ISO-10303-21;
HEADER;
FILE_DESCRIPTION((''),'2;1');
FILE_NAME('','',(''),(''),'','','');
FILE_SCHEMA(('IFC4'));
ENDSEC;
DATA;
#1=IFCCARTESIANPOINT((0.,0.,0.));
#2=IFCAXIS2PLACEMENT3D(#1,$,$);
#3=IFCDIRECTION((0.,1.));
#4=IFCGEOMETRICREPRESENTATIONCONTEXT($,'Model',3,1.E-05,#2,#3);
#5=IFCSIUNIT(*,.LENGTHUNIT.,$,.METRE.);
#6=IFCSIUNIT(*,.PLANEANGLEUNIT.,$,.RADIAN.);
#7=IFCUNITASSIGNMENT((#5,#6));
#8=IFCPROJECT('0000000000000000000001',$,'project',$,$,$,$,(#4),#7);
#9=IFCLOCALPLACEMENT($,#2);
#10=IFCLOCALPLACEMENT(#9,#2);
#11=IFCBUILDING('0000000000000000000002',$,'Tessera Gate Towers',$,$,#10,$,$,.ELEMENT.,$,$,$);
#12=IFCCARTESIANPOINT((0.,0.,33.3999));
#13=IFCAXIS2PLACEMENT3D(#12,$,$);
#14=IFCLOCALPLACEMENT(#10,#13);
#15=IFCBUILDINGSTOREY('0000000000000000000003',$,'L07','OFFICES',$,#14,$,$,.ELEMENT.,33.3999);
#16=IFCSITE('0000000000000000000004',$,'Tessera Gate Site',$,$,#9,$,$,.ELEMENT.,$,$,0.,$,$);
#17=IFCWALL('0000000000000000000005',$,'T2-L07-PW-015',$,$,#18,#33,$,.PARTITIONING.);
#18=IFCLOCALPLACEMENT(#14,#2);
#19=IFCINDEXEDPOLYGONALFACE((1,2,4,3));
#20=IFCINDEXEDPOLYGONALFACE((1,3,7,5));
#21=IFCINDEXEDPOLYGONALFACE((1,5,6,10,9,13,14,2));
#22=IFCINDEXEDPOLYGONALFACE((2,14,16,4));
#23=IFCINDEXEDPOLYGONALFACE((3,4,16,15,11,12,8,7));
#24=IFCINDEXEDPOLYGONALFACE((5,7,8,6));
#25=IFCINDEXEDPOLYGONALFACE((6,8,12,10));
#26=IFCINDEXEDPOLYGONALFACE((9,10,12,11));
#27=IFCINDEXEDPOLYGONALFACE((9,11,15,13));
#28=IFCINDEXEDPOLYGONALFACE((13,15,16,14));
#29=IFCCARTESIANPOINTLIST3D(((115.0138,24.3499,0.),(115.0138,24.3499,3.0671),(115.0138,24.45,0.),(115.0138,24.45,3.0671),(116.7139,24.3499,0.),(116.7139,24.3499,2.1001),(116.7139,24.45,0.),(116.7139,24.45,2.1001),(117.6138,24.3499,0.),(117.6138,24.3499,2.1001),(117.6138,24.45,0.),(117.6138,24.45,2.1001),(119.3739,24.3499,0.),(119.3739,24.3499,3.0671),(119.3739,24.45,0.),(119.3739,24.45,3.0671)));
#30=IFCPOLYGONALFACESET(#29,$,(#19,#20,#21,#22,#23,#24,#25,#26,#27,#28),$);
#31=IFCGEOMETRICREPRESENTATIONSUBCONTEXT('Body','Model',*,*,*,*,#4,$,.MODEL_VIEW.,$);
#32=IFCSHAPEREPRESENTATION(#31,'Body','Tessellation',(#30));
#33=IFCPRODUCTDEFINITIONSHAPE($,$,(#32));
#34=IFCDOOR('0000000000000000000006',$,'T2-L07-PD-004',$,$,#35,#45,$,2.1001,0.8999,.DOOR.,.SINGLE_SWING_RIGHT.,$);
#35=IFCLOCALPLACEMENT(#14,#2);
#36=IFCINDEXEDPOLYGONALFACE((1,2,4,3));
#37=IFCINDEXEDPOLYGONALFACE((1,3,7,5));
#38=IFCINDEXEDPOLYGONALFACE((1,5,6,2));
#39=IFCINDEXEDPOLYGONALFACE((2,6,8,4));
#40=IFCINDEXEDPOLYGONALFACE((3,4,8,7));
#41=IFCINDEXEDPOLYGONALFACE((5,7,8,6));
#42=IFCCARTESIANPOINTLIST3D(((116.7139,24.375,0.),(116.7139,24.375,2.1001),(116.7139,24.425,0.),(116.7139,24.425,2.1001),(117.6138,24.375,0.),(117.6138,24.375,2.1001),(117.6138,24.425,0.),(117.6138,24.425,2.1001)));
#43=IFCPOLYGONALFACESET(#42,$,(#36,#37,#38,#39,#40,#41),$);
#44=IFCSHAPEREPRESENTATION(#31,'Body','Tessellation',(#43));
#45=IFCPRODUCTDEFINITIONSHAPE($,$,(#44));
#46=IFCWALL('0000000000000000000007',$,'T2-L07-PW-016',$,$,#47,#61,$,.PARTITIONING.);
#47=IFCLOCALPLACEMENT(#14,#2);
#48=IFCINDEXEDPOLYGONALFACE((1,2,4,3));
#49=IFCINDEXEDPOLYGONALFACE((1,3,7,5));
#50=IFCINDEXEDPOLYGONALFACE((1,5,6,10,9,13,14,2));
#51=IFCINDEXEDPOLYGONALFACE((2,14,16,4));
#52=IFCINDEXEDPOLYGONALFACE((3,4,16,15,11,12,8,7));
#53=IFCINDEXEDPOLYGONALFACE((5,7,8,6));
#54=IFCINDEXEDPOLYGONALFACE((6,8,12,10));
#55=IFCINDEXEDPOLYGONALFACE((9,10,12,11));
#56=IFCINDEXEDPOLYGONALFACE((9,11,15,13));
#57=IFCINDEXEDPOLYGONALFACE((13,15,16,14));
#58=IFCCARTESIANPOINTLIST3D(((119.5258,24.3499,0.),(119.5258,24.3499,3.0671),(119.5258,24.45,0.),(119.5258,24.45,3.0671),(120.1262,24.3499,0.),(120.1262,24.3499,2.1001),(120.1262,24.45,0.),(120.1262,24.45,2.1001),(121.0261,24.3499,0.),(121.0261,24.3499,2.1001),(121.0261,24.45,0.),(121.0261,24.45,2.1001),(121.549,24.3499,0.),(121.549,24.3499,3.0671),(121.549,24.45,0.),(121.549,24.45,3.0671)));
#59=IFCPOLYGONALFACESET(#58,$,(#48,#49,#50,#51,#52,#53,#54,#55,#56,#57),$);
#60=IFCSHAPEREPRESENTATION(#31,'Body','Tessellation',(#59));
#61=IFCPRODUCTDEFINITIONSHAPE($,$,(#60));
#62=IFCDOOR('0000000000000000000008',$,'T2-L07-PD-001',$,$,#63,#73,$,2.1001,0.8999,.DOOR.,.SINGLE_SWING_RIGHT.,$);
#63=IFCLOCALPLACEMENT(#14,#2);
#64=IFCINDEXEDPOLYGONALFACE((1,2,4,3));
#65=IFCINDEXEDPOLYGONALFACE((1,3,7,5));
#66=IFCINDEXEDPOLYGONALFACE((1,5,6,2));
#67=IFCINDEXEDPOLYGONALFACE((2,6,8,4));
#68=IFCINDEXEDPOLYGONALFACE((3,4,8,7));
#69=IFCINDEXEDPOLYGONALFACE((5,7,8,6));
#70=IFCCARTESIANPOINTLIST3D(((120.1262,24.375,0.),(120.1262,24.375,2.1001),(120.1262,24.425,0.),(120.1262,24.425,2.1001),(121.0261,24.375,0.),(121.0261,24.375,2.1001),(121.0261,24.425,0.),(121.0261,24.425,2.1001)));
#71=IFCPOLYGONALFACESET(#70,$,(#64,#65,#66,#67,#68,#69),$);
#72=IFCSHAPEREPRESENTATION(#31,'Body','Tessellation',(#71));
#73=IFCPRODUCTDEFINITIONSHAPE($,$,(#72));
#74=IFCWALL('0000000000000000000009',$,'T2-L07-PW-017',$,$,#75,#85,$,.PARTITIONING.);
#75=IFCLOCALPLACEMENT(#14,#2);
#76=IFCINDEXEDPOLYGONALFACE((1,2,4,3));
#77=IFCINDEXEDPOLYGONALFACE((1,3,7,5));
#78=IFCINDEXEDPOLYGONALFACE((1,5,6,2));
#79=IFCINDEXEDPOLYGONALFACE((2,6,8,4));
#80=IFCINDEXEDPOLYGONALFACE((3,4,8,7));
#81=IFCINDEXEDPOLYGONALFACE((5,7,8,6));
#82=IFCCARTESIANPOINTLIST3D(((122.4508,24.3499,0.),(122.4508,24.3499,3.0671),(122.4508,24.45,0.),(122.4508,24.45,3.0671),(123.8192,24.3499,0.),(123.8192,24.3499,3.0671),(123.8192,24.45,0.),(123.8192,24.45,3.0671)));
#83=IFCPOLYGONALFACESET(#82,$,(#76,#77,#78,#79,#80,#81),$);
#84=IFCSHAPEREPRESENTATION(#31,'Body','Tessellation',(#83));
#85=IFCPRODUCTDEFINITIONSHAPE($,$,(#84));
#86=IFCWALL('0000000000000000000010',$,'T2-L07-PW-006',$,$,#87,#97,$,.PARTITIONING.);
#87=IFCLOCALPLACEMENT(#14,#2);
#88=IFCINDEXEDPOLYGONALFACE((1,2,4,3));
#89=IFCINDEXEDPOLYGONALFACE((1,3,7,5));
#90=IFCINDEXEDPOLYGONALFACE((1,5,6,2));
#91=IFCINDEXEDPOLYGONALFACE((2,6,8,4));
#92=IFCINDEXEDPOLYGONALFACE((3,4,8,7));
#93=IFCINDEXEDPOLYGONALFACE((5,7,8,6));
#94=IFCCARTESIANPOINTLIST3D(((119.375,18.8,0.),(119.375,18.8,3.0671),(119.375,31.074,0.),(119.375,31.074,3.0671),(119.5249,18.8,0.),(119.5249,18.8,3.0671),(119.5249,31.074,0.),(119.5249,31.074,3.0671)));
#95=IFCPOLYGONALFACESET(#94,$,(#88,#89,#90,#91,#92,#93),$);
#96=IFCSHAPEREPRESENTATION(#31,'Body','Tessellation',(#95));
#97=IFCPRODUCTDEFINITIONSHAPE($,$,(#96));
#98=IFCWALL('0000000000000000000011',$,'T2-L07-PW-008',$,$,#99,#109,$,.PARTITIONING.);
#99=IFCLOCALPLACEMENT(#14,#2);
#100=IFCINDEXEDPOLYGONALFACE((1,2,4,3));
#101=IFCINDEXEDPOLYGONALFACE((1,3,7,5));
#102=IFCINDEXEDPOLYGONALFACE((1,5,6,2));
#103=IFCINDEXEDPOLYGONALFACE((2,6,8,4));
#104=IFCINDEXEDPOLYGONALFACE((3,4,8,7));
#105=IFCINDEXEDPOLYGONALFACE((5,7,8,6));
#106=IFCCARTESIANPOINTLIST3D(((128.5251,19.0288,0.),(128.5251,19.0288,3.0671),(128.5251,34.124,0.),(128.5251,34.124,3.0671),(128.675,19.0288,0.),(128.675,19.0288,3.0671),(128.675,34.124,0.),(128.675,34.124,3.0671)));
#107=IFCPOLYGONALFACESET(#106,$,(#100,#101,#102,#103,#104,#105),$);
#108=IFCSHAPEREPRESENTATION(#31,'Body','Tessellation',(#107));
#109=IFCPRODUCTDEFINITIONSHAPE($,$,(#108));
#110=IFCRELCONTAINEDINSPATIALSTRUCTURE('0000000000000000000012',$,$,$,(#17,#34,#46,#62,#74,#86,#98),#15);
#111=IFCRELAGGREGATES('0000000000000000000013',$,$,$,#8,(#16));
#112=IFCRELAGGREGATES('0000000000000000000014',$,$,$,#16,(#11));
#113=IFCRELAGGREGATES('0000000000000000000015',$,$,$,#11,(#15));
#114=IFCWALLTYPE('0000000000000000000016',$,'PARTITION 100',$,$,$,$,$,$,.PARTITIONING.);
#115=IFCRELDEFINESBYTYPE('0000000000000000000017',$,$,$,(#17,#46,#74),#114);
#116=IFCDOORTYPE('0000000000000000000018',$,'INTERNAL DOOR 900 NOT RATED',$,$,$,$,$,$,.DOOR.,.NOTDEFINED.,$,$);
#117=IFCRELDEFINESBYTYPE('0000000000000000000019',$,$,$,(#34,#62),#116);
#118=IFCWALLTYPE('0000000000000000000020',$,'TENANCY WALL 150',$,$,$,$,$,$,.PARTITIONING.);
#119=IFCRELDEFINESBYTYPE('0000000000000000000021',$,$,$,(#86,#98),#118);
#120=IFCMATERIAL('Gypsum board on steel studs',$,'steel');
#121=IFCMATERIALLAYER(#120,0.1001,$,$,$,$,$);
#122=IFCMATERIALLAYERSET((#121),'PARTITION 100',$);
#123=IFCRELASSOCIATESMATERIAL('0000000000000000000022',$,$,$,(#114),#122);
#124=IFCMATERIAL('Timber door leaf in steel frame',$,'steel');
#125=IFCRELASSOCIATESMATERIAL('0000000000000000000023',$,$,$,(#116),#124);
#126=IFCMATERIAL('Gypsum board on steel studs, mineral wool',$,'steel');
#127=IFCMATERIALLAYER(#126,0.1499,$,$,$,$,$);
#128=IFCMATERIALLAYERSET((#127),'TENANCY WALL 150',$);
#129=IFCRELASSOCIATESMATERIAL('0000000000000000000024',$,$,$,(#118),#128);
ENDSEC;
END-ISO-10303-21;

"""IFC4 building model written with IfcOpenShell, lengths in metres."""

from ifc_helpers import new_model, si_unit, direction, frame, frame_2d, origin, place, context, subcontext, project, spatial, rectangle, extrude, source, transform, mapped, material, layer, layer_set, type_object, element, fill, save


model = new_model("IFC4")

# Units and contexts
model_context = context("Model", 3, precision=1e-05, world=origin(), true_north=direction((0.0, 1.0)))
body_context = subcontext(model_context, "Body", "Model", "MODEL_VIEW")
ifc_project = project(units=[si_unit("LENGTHUNIT", "METRE"), si_unit("PLANEANGLEUNIT", "RADIAN")], contexts=[model_context])

# Site, building, storey
site_placement = place(None, origin())
site = spatial("IfcSite", under=ifc_project, at=site_placement, Name="Tessera Gate Site", CompositionType="ELEMENT", RefElevation=0.0)
building_placement = place(site_placement, origin())
building = spatial("IfcBuilding", under=site, at=building_placement, Name="Tessera Gate Towers", CompositionType="ELEMENT")
storey_placement = place(building_placement, frame((0.0, 0.0, 33.3999)))
storey = spatial("IfcBuildingStorey", under=building, at=storey_placement, Name="L07", Description="OFFICES", CompositionType="ELEMENT", Elevation=33.3999)

# Shared definitions
shared_shape_1 = source(origin(), body_context, "Body", "SweptSolid", [
    extrude(rectangle(XDim=0.8999, YDim=2.1001, at=frame_2d((0.45, 1.05))), frame((0.0, 0.0601, 0.0), z_axis=(0.0, -1.0, 0.0), x_axis=(1.0, 0.0, 0.0)), (0.0, 0.0, 1.0), 0.1201),
])
shared_shape_2 = source(origin(), body_context, "Body", "SweptSolid", [
    extrude(rectangle(XDim=0.8999, YDim=2.1001, at=frame_2d((0.45, 1.05))), frame((0.0, 0.0249, 0.0), z_axis=(0.0, -1.0, 0.0), x_axis=(1.0, 0.0, 0.0)), (0.0, 0.0, 1.0), 0.05),
])

# Shared definitions
ifc_material_1 = material(Name="Gypsum board on steel studs", Category="steel")
ifc_layer_1 = layer(ifc_material_1, 0.1001)
ifc_layer_set_1 = layer_set([ifc_layer_1], Name="PARTITION 100")
wall_type_1 = type_object("IfcWallType", Name="PARTITION 100", PredefinedType="PARTITIONING", material=ifc_layer_set_1)

# Walls, openings, doors
wall_1_placement = place(storey_placement, frame((119.374, 24.3999, 0.0), z_axis=(0.0, 0.0, 1.0), x_axis=(-1.0, 0.0, 0.0)))
wall_1 = element("IfcWall", 1, at=wall_1_placement, inside=storey, type_object=wall_type_1, Name="T2-L07-PW-015", PredefinedType="PARTITIONING", context=body_context, shape_type="SweptSolid", body=[
    extrude(rectangle(XDim=4.3601, YDim=0.1001, at=frame_2d((2.1802, 0.0))), origin(), (0.0, 0.0, 1.0), 3.0671),
])
opening_1_placement = place(wall_1_placement, frame((1.7603, 0.0, 0.0)))
opening_1 = element("IfcOpeningElement", 2, at=opening_1_placement, cuts=wall_1, PredefinedType="OPENING", context=body_context, shape_type="MappedRepresentation", body=[
    mapped(shared_shape_1, transform((0.0, 0.0, 0.0), scale=1.0)),
])
ifc_material_2 = material(Name="Timber door leaf in steel frame", Category="steel")
door_type_1 = type_object("IfcDoorType", Name="INTERNAL DOOR 900 NOT RATED", OperationType="NOTDEFINED", PredefinedType="DOOR", material=ifc_material_2)
door_1_placement = place(opening_1_placement, origin())
door_1 = element("IfcDoor", 3, at=door_1_placement, inside=storey, type_object=door_type_1, Name="T2-L07-PD-004", OperationType="SINGLE_SWING_RIGHT", OverallHeight=2.1001, OverallWidth=0.8999, PredefinedType="DOOR", context=body_context, shape_type="MappedRepresentation", body=[
    mapped(shared_shape_2, transform((0.0, 0.0, 0.0), scale=1.0)),
])
fill(opening_1, door_1)
wall_2_placement = place(storey_placement, frame((121.5491, 24.3999, 0.0), z_axis=(0.0, 0.0, 1.0), x_axis=(-1.0, 0.0, 0.0)))
wall_2 = element("IfcWall", 4, at=wall_2_placement, inside=storey, type_object=wall_type_1, Name="T2-L07-PW-016", PredefinedType="PARTITIONING", context=body_context, shape_type="SweptSolid", body=[
    extrude(rectangle(XDim=2.0232, YDim=0.1001, at=frame_2d((1.0117, 0.0))), origin(), (0.0, 0.0, 1.0), 3.0671),
])
opening_2_placement = place(wall_2_placement, frame((0.5229, 0.0, 0.0)))
opening_2 = element("IfcOpeningElement", 5, at=opening_2_placement, cuts=wall_2, PredefinedType="OPENING", context=body_context, shape_type="MappedRepresentation", body=[
    mapped(shared_shape_1, transform((0.0, 0.0, 0.0), scale=1.0)),
])
door_2_placement = place(opening_2_placement, origin())
door_2 = element("IfcDoor", 6, at=door_2_placement, inside=storey, type_object=door_type_1, Name="T2-L07-PD-001", OperationType="SINGLE_SWING_RIGHT", OverallHeight=2.1001, OverallWidth=0.8999, PredefinedType="DOOR", context=body_context, shape_type="MappedRepresentation", body=[
    mapped(shared_shape_2, transform((0.0, 0.0, 0.0), scale=1.0)),
])
fill(opening_2, door_2)

# Walls
wall_3_placement = place(storey_placement, frame((122.4509, 24.3999, 0.0), z_axis=(0.0, 0.0, 1.0), x_axis=(1.0, 0.0, 0.0)))
element("IfcWall", 7, at=wall_3_placement, inside=storey, type_object=wall_type_1, Name="T2-L07-PW-017", PredefinedType="PARTITIONING", context=body_context, shape_type="SweptSolid", body=[
    extrude(rectangle(XDim=1.3684, YDim=0.1001, at=frame_2d((0.6841, 0.0))), origin(), (0.0, 0.0, 1.0), 3.0671),
])
ifc_material_3 = material(Name="Gypsum board on steel studs, mineral wool", Category="steel")
ifc_layer_2 = layer(ifc_material_3, 0.1499)
ifc_layer_set_2 = layer_set([ifc_layer_2], Name="TENANCY WALL 150")
wall_type_2 = type_object("IfcWallType", Name="TENANCY WALL 150", PredefinedType="PARTITIONING", material=ifc_layer_set_2)
wall_4_placement = place(storey_placement, frame((119.45, 18.8, 0.0), z_axis=(0.0, 0.0, 1.0), x_axis=(0.0, 1.0, 0.0)))
element("IfcWall", 8, at=wall_4_placement, inside=storey, type_object=wall_type_2, Name="T2-L07-PW-006", PredefinedType="PARTITIONING", context=body_context, shape_type="SweptSolid", body=[
    extrude(rectangle(XDim=12.2739, YDim=0.1499, at=frame_2d((6.137, 0.0))), origin(), (0.0, 0.0, 1.0), 3.0671),
])
wall_5_placement = place(storey_placement, frame((128.6001, 19.0288, 0.0), z_axis=(0.0, 0.0, 1.0), x_axis=(0.0, 1.0, 0.0)))
element("IfcWall", 9, at=wall_5_placement, inside=storey, type_object=wall_type_2, Name="T2-L07-PW-008", PredefinedType="PARTITIONING", context=body_context, shape_type="SweptSolid", body=[
    extrude(rectangle(XDim=15.0952, YDim=0.1499, at=frame_2d((7.5476, 0.0))), origin(), (0.0, 0.0, 1.0), 3.0671),
])

save(model, "model.ifc")
